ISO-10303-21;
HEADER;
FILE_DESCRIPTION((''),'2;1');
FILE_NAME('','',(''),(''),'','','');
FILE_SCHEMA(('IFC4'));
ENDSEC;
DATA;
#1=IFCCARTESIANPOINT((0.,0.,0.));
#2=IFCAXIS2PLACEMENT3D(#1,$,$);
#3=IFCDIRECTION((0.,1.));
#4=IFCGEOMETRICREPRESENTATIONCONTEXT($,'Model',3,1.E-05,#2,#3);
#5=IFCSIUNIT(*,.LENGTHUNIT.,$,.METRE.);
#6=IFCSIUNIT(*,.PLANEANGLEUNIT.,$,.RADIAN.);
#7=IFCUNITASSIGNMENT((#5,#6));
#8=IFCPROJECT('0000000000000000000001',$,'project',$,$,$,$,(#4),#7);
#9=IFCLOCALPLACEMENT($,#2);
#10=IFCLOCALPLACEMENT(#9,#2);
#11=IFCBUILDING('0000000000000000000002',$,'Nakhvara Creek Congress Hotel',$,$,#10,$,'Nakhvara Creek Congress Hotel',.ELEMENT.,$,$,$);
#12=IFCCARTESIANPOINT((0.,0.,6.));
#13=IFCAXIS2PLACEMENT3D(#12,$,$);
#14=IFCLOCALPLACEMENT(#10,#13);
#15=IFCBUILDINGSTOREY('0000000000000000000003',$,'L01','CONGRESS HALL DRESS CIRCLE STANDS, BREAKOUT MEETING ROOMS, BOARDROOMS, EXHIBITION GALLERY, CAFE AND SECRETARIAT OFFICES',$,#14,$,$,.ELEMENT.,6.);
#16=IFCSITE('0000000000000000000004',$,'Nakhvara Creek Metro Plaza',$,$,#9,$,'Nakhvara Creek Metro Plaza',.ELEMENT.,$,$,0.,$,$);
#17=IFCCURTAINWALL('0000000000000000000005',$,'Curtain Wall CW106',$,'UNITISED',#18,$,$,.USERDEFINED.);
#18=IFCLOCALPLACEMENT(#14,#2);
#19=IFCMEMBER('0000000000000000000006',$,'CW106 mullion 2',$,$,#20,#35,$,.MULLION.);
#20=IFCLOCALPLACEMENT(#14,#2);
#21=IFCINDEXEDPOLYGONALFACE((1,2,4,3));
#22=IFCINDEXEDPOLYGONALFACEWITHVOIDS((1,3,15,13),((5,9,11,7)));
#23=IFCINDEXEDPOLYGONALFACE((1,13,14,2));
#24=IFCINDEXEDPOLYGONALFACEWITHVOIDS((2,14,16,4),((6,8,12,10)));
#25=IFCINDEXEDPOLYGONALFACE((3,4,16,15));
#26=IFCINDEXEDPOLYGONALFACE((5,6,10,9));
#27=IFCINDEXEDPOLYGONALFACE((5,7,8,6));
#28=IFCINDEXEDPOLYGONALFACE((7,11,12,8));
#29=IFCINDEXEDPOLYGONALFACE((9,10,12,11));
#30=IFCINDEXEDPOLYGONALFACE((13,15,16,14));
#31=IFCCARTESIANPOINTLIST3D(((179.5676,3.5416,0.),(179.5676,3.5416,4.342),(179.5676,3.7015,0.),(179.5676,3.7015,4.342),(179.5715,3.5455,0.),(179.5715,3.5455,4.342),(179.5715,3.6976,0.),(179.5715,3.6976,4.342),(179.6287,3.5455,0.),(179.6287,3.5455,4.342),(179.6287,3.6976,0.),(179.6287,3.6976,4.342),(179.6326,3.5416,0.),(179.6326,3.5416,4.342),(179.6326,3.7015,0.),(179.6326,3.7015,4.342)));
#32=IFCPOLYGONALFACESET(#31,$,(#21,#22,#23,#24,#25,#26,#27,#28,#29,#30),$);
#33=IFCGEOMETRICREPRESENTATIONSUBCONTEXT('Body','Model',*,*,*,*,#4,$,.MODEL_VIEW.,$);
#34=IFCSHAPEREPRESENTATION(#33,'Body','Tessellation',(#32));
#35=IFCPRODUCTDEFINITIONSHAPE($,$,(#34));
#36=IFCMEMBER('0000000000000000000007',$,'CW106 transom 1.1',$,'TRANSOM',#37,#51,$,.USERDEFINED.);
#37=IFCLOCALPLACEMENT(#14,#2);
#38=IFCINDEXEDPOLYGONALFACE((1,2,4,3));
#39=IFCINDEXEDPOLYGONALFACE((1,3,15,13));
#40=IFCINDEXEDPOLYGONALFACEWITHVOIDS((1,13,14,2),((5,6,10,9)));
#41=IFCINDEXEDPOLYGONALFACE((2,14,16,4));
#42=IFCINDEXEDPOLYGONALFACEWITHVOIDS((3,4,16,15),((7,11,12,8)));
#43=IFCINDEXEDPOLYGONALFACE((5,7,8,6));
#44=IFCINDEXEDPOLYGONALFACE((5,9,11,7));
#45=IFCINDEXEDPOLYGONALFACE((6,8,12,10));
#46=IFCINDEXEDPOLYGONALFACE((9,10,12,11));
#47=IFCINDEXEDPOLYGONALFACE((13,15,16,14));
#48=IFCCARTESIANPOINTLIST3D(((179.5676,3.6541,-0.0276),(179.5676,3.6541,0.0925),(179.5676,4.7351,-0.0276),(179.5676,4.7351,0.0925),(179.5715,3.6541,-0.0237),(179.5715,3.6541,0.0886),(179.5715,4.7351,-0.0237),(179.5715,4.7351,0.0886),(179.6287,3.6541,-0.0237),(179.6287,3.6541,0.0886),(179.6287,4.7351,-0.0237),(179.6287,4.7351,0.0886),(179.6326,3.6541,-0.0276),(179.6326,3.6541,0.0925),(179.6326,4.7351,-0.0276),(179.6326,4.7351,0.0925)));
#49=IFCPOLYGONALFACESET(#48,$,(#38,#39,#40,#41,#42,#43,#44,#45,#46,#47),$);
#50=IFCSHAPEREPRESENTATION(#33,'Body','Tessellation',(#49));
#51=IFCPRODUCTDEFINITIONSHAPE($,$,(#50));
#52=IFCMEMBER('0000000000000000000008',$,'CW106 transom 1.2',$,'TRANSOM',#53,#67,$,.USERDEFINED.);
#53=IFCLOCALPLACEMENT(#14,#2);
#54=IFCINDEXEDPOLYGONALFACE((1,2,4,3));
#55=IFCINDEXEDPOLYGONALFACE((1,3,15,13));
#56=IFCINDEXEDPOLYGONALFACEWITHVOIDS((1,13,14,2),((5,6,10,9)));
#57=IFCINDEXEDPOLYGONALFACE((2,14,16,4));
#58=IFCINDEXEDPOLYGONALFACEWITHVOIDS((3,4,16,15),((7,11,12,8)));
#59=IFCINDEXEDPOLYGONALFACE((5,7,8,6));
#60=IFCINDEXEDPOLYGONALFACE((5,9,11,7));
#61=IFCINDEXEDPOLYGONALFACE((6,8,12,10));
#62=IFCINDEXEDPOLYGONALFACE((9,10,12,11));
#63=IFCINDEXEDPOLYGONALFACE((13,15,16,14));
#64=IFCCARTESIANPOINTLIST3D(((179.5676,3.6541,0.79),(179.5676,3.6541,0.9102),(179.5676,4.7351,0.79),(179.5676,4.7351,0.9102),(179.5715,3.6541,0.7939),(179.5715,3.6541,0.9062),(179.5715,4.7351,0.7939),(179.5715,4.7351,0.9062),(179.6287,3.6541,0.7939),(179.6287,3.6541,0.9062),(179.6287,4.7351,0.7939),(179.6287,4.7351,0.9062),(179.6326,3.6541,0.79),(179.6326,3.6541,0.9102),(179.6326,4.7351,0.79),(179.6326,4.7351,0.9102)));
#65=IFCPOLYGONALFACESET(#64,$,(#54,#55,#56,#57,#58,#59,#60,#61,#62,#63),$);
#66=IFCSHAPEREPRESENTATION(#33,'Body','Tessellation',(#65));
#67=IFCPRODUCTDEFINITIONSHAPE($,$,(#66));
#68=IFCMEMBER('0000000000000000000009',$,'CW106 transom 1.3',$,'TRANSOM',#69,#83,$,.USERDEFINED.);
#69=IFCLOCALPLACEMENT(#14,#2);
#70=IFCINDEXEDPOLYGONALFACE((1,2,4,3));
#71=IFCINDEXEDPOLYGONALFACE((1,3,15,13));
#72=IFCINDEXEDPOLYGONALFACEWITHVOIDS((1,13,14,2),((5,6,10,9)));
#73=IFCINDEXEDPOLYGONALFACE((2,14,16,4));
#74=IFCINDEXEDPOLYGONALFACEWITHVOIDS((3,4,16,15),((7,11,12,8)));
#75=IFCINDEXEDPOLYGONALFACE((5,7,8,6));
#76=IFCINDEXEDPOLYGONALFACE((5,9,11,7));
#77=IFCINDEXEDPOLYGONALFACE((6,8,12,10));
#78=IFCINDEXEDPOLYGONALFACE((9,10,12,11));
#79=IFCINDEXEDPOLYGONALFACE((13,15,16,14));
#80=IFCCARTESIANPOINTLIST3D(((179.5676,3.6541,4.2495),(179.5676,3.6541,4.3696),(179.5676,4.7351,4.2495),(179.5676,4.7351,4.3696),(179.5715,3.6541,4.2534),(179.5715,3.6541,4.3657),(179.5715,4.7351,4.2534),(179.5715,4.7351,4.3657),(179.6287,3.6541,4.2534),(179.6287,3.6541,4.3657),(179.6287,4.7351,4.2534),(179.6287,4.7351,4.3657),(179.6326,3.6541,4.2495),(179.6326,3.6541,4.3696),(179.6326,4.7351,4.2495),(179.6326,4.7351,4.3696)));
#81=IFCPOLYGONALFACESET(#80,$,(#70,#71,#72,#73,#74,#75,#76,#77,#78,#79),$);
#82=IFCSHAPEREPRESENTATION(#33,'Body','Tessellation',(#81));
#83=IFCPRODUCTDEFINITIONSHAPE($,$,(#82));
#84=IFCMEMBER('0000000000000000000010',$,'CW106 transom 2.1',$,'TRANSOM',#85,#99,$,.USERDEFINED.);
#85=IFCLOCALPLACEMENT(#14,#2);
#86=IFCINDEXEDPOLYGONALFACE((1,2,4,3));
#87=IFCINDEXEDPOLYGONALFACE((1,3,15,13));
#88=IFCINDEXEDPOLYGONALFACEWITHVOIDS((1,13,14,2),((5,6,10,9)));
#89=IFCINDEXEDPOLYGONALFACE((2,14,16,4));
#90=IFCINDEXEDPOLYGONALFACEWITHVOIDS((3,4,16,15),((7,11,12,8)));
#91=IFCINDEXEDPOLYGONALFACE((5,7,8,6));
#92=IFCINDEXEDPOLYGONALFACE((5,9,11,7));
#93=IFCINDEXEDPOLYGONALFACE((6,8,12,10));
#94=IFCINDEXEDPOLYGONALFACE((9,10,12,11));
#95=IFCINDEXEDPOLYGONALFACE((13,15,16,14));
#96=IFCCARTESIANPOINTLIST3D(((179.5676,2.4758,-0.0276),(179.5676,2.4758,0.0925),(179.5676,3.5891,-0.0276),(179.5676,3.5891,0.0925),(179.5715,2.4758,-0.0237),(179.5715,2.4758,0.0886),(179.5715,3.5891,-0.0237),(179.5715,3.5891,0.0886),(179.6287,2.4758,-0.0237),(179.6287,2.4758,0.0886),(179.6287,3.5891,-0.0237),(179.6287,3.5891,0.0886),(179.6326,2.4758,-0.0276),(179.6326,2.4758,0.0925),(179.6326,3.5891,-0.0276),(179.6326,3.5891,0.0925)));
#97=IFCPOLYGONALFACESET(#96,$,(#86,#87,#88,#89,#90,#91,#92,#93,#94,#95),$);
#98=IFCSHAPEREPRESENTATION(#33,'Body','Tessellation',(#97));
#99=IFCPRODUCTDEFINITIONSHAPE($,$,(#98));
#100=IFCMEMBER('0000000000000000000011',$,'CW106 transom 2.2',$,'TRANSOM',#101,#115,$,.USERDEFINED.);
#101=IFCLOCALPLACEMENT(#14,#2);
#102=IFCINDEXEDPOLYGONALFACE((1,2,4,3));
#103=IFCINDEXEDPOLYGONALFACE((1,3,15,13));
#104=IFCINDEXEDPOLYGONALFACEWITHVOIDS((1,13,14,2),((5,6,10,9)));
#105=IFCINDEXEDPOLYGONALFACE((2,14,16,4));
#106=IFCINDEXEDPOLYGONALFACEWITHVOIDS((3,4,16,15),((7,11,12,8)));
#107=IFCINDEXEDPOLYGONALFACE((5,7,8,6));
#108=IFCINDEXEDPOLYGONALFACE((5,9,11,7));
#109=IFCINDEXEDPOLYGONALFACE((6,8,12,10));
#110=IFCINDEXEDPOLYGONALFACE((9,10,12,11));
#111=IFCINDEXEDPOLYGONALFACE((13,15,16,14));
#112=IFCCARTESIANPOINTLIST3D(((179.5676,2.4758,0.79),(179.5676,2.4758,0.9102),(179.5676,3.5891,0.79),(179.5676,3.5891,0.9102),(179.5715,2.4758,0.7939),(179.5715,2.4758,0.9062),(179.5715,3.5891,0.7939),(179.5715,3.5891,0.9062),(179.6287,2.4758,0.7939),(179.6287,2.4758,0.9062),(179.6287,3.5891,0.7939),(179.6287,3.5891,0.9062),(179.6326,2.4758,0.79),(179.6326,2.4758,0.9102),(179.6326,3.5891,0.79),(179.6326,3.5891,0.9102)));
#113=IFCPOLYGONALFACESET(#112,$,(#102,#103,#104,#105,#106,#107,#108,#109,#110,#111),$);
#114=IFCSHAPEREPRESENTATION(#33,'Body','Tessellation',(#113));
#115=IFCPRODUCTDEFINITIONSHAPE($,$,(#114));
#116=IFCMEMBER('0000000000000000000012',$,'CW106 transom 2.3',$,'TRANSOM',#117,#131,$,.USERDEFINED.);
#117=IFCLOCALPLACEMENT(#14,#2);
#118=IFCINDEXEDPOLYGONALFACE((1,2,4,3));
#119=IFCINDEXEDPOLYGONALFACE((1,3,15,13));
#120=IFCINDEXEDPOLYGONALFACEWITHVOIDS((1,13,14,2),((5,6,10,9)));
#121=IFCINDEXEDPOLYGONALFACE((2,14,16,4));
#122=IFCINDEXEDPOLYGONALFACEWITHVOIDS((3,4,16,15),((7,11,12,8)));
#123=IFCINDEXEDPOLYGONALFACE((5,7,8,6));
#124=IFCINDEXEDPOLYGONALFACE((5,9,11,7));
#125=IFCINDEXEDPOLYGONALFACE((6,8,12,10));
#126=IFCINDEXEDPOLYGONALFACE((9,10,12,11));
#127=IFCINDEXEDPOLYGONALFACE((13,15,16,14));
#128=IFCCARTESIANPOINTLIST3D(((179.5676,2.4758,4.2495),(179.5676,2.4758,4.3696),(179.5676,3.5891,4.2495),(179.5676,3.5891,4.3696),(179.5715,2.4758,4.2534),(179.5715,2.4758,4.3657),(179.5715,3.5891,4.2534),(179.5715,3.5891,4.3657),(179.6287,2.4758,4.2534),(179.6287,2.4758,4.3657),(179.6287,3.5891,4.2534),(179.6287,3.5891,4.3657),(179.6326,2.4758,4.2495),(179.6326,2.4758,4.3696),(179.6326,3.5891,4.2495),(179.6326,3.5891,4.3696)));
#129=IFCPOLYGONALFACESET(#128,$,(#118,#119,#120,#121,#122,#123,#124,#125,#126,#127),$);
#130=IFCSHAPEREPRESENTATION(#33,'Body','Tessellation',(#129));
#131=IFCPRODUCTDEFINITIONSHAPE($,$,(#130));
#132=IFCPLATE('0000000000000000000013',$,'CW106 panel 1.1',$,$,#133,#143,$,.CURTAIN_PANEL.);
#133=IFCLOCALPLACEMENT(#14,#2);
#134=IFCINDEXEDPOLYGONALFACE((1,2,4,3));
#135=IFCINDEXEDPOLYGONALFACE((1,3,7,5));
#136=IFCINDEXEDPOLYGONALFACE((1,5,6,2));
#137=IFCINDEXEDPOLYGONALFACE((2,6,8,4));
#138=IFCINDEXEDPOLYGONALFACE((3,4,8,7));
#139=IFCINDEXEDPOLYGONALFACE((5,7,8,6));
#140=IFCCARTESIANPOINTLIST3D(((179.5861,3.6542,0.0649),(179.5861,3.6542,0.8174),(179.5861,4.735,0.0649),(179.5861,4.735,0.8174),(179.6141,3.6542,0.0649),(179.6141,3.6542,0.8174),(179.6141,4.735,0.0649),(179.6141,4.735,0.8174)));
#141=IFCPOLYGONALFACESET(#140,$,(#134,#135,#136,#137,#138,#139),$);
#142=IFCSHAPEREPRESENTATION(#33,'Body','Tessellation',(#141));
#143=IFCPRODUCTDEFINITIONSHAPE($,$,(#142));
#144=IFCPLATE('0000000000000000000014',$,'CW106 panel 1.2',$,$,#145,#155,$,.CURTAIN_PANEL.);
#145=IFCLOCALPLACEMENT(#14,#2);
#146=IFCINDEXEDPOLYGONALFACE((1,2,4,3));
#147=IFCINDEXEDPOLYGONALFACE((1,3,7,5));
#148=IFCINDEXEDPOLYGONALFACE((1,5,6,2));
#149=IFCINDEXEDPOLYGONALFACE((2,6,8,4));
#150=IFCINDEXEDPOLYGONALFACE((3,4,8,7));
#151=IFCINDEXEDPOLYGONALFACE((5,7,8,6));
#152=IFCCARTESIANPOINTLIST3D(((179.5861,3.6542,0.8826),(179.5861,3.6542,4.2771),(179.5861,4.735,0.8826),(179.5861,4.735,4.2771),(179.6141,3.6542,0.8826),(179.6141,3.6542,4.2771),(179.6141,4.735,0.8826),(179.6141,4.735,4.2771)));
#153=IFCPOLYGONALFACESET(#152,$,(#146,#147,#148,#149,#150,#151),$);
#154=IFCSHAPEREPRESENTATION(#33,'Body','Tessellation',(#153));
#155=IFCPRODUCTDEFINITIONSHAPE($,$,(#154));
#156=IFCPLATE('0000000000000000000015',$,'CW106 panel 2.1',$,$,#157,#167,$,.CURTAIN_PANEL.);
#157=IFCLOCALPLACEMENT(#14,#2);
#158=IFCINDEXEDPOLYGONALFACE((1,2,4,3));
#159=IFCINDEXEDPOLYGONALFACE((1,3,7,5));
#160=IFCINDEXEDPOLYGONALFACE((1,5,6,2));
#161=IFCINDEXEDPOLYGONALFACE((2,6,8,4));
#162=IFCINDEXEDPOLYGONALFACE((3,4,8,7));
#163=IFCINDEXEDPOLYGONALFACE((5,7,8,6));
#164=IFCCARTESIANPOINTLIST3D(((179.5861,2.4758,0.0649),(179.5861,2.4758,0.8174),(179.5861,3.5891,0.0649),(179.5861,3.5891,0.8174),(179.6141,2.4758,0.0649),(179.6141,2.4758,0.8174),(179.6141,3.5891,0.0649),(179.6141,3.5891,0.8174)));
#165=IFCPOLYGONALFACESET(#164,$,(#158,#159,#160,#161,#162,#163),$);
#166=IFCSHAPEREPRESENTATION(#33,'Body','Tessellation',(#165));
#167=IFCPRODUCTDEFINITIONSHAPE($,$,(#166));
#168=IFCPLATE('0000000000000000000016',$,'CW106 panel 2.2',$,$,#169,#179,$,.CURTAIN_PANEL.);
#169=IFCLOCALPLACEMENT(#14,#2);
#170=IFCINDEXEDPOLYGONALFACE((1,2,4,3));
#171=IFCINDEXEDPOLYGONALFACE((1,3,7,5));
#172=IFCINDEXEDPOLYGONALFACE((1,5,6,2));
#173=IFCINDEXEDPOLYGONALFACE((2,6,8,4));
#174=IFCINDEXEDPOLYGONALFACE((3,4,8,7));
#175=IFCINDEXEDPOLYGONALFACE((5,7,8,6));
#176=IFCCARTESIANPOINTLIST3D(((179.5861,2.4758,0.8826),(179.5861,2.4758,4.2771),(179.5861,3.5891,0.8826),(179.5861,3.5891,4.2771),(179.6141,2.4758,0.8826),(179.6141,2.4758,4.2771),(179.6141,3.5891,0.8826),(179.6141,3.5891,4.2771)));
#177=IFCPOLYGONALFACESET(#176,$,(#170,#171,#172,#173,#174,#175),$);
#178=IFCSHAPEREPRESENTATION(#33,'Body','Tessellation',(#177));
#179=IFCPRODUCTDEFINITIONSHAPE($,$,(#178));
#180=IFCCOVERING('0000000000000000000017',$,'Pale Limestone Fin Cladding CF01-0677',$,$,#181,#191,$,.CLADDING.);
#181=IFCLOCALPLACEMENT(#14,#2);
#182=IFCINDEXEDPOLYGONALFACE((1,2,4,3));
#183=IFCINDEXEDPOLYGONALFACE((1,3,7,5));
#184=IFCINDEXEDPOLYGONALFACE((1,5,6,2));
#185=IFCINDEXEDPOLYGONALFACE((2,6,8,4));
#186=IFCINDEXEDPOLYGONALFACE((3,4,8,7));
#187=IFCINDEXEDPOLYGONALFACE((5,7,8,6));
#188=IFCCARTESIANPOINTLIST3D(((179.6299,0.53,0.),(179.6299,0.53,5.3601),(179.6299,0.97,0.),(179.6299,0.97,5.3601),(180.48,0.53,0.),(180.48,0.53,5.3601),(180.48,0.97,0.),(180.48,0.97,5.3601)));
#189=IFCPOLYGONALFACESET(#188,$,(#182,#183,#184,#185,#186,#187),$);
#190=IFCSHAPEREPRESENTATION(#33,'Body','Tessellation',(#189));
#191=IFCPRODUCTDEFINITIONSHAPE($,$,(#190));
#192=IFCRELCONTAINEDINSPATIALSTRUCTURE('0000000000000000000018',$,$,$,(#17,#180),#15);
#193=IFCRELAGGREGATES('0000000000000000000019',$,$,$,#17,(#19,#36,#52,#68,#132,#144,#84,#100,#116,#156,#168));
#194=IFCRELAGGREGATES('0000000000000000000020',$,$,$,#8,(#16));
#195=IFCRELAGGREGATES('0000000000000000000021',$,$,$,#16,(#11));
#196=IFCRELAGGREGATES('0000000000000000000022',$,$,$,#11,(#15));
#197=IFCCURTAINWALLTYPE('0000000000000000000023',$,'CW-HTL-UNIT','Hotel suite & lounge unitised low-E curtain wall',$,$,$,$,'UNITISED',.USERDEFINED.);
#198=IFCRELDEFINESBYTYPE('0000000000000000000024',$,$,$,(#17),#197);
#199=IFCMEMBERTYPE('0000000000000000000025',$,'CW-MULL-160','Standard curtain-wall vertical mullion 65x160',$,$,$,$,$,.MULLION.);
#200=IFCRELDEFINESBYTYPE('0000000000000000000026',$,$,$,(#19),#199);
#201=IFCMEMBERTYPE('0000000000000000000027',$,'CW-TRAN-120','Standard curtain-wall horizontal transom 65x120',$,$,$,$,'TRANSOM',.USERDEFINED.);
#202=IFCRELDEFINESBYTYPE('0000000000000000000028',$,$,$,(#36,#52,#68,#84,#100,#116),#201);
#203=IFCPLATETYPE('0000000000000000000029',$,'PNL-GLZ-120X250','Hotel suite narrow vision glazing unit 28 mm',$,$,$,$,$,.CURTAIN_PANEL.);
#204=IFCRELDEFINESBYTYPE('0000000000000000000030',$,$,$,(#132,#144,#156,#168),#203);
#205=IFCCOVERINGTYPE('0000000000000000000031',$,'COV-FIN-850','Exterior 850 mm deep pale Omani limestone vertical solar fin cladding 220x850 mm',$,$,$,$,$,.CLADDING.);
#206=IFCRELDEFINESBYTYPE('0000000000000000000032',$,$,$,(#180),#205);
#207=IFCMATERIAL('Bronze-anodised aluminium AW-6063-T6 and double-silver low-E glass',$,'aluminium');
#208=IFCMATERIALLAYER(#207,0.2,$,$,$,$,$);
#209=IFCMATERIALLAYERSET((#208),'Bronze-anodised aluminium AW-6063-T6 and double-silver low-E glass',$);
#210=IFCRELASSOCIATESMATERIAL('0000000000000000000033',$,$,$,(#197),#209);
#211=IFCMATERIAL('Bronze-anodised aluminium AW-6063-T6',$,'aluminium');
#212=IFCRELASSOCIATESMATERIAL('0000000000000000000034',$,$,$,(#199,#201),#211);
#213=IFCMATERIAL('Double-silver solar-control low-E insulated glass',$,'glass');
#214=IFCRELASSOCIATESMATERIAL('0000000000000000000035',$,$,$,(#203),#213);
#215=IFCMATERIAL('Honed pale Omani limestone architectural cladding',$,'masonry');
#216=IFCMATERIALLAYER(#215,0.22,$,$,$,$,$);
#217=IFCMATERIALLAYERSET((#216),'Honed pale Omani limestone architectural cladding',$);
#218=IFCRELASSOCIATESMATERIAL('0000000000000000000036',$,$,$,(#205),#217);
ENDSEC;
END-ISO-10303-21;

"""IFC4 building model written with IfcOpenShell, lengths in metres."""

from ifc_helpers import new_model, si_unit, direction, frame, origin, origin_2d, place, context, subcontext, project, spatial, rectangle, hollow_rectangle, extrude, material, layer, layer_set, material_profile, profile_set, type_object, element, aggregate, save


model = new_model("IFC4")

# Units and contexts
model_context = context("Model", 3, precision=1e-05, world=origin(), true_north=direction((0.0, 1.0)))
body_context = subcontext(model_context, "Body", "Model", "MODEL_VIEW")
ifc_project = project(units=[si_unit("LENGTHUNIT", "METRE"), si_unit("PLANEANGLEUNIT", "RADIAN")], contexts=[model_context])

# Site, building, storey
site_placement = place(None, origin())
site = spatial("IfcSite", under=ifc_project, at=site_placement, Name="Nakhvara Creek Metro Plaza", LongName="Nakhvara Creek Metro Plaza", CompositionType="ELEMENT", RefElevation=0.0)
building_placement = place(site_placement, origin())
building = spatial("IfcBuilding", under=site, at=building_placement, Name="Nakhvara Creek Congress Hotel", LongName="Nakhvara Creek Congress Hotel", CompositionType="ELEMENT")
storey_placement = place(building_placement, frame((0.0, 0.0, 6.0)))
storey = spatial("IfcBuildingStorey", under=building, at=storey_placement, Name="L01", Description="CONGRESS HALL DRESS CIRCLE STANDS, BREAKOUT MEETING ROOMS, BOARDROOMS, EXHIBITION GALLERY, CAFE AND SECRETARIAT OFFICES", CompositionType="ELEMENT", Elevation=6.0)

# Curtain wall, members, plates
ifc_material_1 = material(Name="Bronze-anodised aluminium AW-6063-T6 and double-silver low-E glass", Category="aluminium")
ifc_layer_1 = layer(ifc_material_1, 0.2)
ifc_layer_set_1 = layer_set([ifc_layer_1], Name="Bronze-anodised aluminium AW-6063-T6 and double-silver low-E glass")
curtain_wall_type = type_object("IfcCurtainWallType", Name="CW-HTL-UNIT", Description="Hotel suite & lounge unitised low-E curtain wall", ElementType="UNITISED", PredefinedType="USERDEFINED", material=ifc_layer_set_1)
curtain_wall_placement = place(storey_placement, origin())
curtain_wall = element("IfcCurtainWall", 1, at=curtain_wall_placement, inside=storey, type_object=curtain_wall_type, Name="Curtain Wall CW106", ObjectType="UNITISED", PredefinedType="USERDEFINED")
ifc_material_2 = material(Name="Bronze-anodised aluminium AW-6063-T6", Category="aluminium")
ifc_material_profile_1 = material_profile(ifc_material_2, hollow_rectangle(XDim=0.0649, YDim=0.1599, WallThickness=0.0039, at=origin_2d()), Name="ALU-MULL 65x160x4", Category="LoadBearing")
ifc_profile_set_1 = profile_set([ifc_material_profile_1], Name="Bronze-anodised aluminium AW-6063-T6")
member_type_1 = type_object("IfcMemberType", Name="CW-MULL-160", Description="Standard curtain-wall vertical mullion 65x160", PredefinedType="MULLION", material=ifc_profile_set_1)
member_1_placement = place(storey_placement, frame((179.6001, 3.6216, 0.0), z_axis=(0.0, 0.0, 1.0), x_axis=(1.0, 0.0, 0.0)))
member_1 = element("IfcMember", 2, at=member_1_placement, type_object=member_type_1, Name="CW106 mullion 2", PredefinedType="MULLION", context=body_context, shape_type="SweptSolid", body=[
    extrude(hollow_rectangle(XDim=0.0649, YDim=0.1599, WallThickness=0.0039, at=origin_2d()), origin(), (0.0, 0.0, 1.0), 4.342),
])
ifc_material_profile_2 = material_profile(ifc_material_2, hollow_rectangle(XDim=0.0649, YDim=0.1201, WallThickness=0.0039, at=origin_2d()), Name="ALU-TRAN 65x120x4", Category="LoadBearing")
ifc_profile_set_2 = profile_set([ifc_material_profile_2], Name="Bronze-anodised aluminium AW-6063-T6")
member_type_2 = type_object("IfcMemberType", Name="CW-TRAN-120", Description="Standard curtain-wall horizontal transom 65x120", ElementType="TRANSOM", PredefinedType="USERDEFINED", material=ifc_profile_set_2)
member_2_placement = place(storey_placement, frame((179.6001, 4.7351, 0.0325), z_axis=(0.0, -1.0, 0.0), x_axis=(1.0, 0.0, 0.0)))
member_2 = element("IfcMember", 3, at=member_2_placement, type_object=member_type_2, Name="CW106 transom 1.1", ObjectType="TRANSOM", PredefinedType="USERDEFINED", context=body_context, shape_type="SweptSolid", body=[
    extrude(hollow_rectangle(XDim=0.0649, YDim=0.1201, WallThickness=0.0039, at=origin_2d()), origin(), (0.0, 0.0, 1.0), 1.0811),
])
member_3_placement = place(storey_placement, frame((179.6001, 4.7351, 0.8501), z_axis=(0.0, -1.0, 0.0), x_axis=(1.0, 0.0, 0.0)))
member_3 = element("IfcMember", 4, at=member_3_placement, type_object=member_type_2, Name="CW106 transom 1.2", ObjectType="TRANSOM", PredefinedType="USERDEFINED", context=body_context, shape_type="SweptSolid", body=[
    extrude(hollow_rectangle(XDim=0.0649, YDim=0.1201, WallThickness=0.0039, at=origin_2d()), origin(), (0.0, 0.0, 1.0), 1.0811),
])
member_4_placement = place(storey_placement, frame((179.6001, 4.7351, 4.3096), z_axis=(0.0, -1.0, 0.0), x_axis=(1.0, 0.0, 0.0)))
member_4 = element("IfcMember", 5, at=member_4_placement, type_object=member_type_2, Name="CW106 transom 1.3", ObjectType="TRANSOM", PredefinedType="USERDEFINED", context=body_context, shape_type="SweptSolid", body=[
    extrude(hollow_rectangle(XDim=0.0649, YDim=0.1201, WallThickness=0.0039, at=origin_2d()), origin(), (0.0, 0.0, 1.0), 1.0811),
])
member_5_placement = place(storey_placement, frame((179.6001, 3.5891, 0.0325), z_axis=(0.0, -1.0, 0.0), x_axis=(1.0, 0.0, 0.0)))
member_5 = element("IfcMember", 6, at=member_5_placement, type_object=member_type_2, Name="CW106 transom 2.1", ObjectType="TRANSOM", PredefinedType="USERDEFINED", context=body_context, shape_type="SweptSolid", body=[
    extrude(hollow_rectangle(XDim=0.0649, YDim=0.1201, WallThickness=0.0039, at=origin_2d()), origin(), (0.0, 0.0, 1.0), 1.1133),
])
member_6_placement = place(storey_placement, frame((179.6001, 3.5891, 0.8501), z_axis=(0.0, -1.0, 0.0), x_axis=(1.0, 0.0, 0.0)))
member_6 = element("IfcMember", 7, at=member_6_placement, type_object=member_type_2, Name="CW106 transom 2.2", ObjectType="TRANSOM", PredefinedType="USERDEFINED", context=body_context, shape_type="SweptSolid", body=[
    extrude(hollow_rectangle(XDim=0.0649, YDim=0.1201, WallThickness=0.0039, at=origin_2d()), origin(), (0.0, 0.0, 1.0), 1.1133),
])
member_7_placement = place(storey_placement, frame((179.6001, 3.5891, 4.3096), z_axis=(0.0, -1.0, 0.0), x_axis=(1.0, 0.0, 0.0)))
member_7 = element("IfcMember", 8, at=member_7_placement, type_object=member_type_2, Name="CW106 transom 2.3", ObjectType="TRANSOM", PredefinedType="USERDEFINED", context=body_context, shape_type="SweptSolid", body=[
    extrude(hollow_rectangle(XDim=0.0649, YDim=0.1201, WallThickness=0.0039, at=origin_2d()), origin(), (0.0, 0.0, 1.0), 1.1133),
])
ifc_material_3 = material(Name="Double-silver solar-control low-E insulated glass", Category="glass")
plate_type = type_object("IfcPlateType", Name="PNL-GLZ-120X250", Description="Hotel suite narrow vision glazing unit 28 mm", PredefinedType="CURTAIN_PANEL", material=ifc_material_3)
plate_1_placement = place(storey_placement, frame((179.6001, 4.1946, 0.0649), z_axis=(0.0, 0.0, 1.0), x_axis=(0.0, -1.0, 0.0)))
plate_1 = element("IfcPlate", 9, at=plate_1_placement, type_object=plate_type, Name="CW106 panel 1.1", PredefinedType="CURTAIN_PANEL", context=body_context, shape_type="SweptSolid", body=[
    extrude(rectangle(XDim=1.0808, YDim=0.0281, at=origin_2d()), origin(), (0.0, 0.0, 1.0), 0.7524),
])
plate_2_placement = place(storey_placement, frame((179.6001, 4.1946, 0.8826), z_axis=(0.0, 0.0, 1.0), x_axis=(0.0, -1.0, 0.0)))
plate_2 = element("IfcPlate", 10, at=plate_2_placement, type_object=plate_type, Name="CW106 panel 1.2", PredefinedType="CURTAIN_PANEL", context=body_context, shape_type="SweptSolid", body=[
    extrude(rectangle(XDim=1.0808, YDim=0.0281, at=origin_2d()), origin(), (0.0, 0.0, 1.0), 3.3945),
])
plate_3_placement = place(storey_placement, frame((179.6001, 3.0325, 0.0649), z_axis=(0.0, 0.0, 1.0), x_axis=(0.0, -1.0, 0.0)))
plate_3 = element("IfcPlate", 11, at=plate_3_placement, type_object=plate_type, Name="CW106 panel 2.1", PredefinedType="CURTAIN_PANEL", context=body_context, shape_type="SweptSolid", body=[
    extrude(rectangle(XDim=1.1133, YDim=0.0281, at=origin_2d()), origin(), (0.0, 0.0, 1.0), 0.7524),
])
plate_4_placement = place(storey_placement, frame((179.6001, 3.0325, 0.8826), z_axis=(0.0, 0.0, 1.0), x_axis=(0.0, -1.0, 0.0)))
plate_4 = element("IfcPlate", 12, at=plate_4_placement, type_object=plate_type, Name="CW106 panel 2.2", PredefinedType="CURTAIN_PANEL", context=body_context, shape_type="SweptSolid", body=[
    extrude(rectangle(XDim=1.1133, YDim=0.0281, at=origin_2d()), origin(), (0.0, 0.0, 1.0), 3.3945),
])
aggregate(curtain_wall, [member_1, member_2, member_3, member_4, plate_1, plate_2, member_5, member_6, member_7, plate_3, plate_4])

# Covering
ifc_material_4 = material(Name="Honed pale Omani limestone architectural cladding", Category="masonry")
ifc_layer_2 = layer(ifc_material_4, 0.22)
ifc_layer_set_2 = layer_set([ifc_layer_2], Name="Honed pale Omani limestone architectural cladding")
covering_type = type_object("IfcCoveringType", Name="COV-FIN-850", Description="Exterior 850 mm deep pale Omani limestone vertical solar fin cladding 220x850 mm", PredefinedType="CLADDING", material=ifc_layer_set_2)
covering_placement = place(storey_placement, frame((180.0549, 0.75, 0.0), z_axis=(0.0, 0.0, 1.0), x_axis=(0.0, 1.0, 0.0)))
element("IfcCovering", 13, at=covering_placement, inside=storey, type_object=covering_type, Name="Pale Limestone Fin Cladding CF01-0677", PredefinedType="CLADDING", context=body_context, shape_type="SweptSolid", body=[
    extrude(rectangle(XDim=0.4399, YDim=0.8501, at=origin_2d()), origin(), (0.0, 0.0, 1.0), 5.3601),
])

save(model, "model.ifc")
